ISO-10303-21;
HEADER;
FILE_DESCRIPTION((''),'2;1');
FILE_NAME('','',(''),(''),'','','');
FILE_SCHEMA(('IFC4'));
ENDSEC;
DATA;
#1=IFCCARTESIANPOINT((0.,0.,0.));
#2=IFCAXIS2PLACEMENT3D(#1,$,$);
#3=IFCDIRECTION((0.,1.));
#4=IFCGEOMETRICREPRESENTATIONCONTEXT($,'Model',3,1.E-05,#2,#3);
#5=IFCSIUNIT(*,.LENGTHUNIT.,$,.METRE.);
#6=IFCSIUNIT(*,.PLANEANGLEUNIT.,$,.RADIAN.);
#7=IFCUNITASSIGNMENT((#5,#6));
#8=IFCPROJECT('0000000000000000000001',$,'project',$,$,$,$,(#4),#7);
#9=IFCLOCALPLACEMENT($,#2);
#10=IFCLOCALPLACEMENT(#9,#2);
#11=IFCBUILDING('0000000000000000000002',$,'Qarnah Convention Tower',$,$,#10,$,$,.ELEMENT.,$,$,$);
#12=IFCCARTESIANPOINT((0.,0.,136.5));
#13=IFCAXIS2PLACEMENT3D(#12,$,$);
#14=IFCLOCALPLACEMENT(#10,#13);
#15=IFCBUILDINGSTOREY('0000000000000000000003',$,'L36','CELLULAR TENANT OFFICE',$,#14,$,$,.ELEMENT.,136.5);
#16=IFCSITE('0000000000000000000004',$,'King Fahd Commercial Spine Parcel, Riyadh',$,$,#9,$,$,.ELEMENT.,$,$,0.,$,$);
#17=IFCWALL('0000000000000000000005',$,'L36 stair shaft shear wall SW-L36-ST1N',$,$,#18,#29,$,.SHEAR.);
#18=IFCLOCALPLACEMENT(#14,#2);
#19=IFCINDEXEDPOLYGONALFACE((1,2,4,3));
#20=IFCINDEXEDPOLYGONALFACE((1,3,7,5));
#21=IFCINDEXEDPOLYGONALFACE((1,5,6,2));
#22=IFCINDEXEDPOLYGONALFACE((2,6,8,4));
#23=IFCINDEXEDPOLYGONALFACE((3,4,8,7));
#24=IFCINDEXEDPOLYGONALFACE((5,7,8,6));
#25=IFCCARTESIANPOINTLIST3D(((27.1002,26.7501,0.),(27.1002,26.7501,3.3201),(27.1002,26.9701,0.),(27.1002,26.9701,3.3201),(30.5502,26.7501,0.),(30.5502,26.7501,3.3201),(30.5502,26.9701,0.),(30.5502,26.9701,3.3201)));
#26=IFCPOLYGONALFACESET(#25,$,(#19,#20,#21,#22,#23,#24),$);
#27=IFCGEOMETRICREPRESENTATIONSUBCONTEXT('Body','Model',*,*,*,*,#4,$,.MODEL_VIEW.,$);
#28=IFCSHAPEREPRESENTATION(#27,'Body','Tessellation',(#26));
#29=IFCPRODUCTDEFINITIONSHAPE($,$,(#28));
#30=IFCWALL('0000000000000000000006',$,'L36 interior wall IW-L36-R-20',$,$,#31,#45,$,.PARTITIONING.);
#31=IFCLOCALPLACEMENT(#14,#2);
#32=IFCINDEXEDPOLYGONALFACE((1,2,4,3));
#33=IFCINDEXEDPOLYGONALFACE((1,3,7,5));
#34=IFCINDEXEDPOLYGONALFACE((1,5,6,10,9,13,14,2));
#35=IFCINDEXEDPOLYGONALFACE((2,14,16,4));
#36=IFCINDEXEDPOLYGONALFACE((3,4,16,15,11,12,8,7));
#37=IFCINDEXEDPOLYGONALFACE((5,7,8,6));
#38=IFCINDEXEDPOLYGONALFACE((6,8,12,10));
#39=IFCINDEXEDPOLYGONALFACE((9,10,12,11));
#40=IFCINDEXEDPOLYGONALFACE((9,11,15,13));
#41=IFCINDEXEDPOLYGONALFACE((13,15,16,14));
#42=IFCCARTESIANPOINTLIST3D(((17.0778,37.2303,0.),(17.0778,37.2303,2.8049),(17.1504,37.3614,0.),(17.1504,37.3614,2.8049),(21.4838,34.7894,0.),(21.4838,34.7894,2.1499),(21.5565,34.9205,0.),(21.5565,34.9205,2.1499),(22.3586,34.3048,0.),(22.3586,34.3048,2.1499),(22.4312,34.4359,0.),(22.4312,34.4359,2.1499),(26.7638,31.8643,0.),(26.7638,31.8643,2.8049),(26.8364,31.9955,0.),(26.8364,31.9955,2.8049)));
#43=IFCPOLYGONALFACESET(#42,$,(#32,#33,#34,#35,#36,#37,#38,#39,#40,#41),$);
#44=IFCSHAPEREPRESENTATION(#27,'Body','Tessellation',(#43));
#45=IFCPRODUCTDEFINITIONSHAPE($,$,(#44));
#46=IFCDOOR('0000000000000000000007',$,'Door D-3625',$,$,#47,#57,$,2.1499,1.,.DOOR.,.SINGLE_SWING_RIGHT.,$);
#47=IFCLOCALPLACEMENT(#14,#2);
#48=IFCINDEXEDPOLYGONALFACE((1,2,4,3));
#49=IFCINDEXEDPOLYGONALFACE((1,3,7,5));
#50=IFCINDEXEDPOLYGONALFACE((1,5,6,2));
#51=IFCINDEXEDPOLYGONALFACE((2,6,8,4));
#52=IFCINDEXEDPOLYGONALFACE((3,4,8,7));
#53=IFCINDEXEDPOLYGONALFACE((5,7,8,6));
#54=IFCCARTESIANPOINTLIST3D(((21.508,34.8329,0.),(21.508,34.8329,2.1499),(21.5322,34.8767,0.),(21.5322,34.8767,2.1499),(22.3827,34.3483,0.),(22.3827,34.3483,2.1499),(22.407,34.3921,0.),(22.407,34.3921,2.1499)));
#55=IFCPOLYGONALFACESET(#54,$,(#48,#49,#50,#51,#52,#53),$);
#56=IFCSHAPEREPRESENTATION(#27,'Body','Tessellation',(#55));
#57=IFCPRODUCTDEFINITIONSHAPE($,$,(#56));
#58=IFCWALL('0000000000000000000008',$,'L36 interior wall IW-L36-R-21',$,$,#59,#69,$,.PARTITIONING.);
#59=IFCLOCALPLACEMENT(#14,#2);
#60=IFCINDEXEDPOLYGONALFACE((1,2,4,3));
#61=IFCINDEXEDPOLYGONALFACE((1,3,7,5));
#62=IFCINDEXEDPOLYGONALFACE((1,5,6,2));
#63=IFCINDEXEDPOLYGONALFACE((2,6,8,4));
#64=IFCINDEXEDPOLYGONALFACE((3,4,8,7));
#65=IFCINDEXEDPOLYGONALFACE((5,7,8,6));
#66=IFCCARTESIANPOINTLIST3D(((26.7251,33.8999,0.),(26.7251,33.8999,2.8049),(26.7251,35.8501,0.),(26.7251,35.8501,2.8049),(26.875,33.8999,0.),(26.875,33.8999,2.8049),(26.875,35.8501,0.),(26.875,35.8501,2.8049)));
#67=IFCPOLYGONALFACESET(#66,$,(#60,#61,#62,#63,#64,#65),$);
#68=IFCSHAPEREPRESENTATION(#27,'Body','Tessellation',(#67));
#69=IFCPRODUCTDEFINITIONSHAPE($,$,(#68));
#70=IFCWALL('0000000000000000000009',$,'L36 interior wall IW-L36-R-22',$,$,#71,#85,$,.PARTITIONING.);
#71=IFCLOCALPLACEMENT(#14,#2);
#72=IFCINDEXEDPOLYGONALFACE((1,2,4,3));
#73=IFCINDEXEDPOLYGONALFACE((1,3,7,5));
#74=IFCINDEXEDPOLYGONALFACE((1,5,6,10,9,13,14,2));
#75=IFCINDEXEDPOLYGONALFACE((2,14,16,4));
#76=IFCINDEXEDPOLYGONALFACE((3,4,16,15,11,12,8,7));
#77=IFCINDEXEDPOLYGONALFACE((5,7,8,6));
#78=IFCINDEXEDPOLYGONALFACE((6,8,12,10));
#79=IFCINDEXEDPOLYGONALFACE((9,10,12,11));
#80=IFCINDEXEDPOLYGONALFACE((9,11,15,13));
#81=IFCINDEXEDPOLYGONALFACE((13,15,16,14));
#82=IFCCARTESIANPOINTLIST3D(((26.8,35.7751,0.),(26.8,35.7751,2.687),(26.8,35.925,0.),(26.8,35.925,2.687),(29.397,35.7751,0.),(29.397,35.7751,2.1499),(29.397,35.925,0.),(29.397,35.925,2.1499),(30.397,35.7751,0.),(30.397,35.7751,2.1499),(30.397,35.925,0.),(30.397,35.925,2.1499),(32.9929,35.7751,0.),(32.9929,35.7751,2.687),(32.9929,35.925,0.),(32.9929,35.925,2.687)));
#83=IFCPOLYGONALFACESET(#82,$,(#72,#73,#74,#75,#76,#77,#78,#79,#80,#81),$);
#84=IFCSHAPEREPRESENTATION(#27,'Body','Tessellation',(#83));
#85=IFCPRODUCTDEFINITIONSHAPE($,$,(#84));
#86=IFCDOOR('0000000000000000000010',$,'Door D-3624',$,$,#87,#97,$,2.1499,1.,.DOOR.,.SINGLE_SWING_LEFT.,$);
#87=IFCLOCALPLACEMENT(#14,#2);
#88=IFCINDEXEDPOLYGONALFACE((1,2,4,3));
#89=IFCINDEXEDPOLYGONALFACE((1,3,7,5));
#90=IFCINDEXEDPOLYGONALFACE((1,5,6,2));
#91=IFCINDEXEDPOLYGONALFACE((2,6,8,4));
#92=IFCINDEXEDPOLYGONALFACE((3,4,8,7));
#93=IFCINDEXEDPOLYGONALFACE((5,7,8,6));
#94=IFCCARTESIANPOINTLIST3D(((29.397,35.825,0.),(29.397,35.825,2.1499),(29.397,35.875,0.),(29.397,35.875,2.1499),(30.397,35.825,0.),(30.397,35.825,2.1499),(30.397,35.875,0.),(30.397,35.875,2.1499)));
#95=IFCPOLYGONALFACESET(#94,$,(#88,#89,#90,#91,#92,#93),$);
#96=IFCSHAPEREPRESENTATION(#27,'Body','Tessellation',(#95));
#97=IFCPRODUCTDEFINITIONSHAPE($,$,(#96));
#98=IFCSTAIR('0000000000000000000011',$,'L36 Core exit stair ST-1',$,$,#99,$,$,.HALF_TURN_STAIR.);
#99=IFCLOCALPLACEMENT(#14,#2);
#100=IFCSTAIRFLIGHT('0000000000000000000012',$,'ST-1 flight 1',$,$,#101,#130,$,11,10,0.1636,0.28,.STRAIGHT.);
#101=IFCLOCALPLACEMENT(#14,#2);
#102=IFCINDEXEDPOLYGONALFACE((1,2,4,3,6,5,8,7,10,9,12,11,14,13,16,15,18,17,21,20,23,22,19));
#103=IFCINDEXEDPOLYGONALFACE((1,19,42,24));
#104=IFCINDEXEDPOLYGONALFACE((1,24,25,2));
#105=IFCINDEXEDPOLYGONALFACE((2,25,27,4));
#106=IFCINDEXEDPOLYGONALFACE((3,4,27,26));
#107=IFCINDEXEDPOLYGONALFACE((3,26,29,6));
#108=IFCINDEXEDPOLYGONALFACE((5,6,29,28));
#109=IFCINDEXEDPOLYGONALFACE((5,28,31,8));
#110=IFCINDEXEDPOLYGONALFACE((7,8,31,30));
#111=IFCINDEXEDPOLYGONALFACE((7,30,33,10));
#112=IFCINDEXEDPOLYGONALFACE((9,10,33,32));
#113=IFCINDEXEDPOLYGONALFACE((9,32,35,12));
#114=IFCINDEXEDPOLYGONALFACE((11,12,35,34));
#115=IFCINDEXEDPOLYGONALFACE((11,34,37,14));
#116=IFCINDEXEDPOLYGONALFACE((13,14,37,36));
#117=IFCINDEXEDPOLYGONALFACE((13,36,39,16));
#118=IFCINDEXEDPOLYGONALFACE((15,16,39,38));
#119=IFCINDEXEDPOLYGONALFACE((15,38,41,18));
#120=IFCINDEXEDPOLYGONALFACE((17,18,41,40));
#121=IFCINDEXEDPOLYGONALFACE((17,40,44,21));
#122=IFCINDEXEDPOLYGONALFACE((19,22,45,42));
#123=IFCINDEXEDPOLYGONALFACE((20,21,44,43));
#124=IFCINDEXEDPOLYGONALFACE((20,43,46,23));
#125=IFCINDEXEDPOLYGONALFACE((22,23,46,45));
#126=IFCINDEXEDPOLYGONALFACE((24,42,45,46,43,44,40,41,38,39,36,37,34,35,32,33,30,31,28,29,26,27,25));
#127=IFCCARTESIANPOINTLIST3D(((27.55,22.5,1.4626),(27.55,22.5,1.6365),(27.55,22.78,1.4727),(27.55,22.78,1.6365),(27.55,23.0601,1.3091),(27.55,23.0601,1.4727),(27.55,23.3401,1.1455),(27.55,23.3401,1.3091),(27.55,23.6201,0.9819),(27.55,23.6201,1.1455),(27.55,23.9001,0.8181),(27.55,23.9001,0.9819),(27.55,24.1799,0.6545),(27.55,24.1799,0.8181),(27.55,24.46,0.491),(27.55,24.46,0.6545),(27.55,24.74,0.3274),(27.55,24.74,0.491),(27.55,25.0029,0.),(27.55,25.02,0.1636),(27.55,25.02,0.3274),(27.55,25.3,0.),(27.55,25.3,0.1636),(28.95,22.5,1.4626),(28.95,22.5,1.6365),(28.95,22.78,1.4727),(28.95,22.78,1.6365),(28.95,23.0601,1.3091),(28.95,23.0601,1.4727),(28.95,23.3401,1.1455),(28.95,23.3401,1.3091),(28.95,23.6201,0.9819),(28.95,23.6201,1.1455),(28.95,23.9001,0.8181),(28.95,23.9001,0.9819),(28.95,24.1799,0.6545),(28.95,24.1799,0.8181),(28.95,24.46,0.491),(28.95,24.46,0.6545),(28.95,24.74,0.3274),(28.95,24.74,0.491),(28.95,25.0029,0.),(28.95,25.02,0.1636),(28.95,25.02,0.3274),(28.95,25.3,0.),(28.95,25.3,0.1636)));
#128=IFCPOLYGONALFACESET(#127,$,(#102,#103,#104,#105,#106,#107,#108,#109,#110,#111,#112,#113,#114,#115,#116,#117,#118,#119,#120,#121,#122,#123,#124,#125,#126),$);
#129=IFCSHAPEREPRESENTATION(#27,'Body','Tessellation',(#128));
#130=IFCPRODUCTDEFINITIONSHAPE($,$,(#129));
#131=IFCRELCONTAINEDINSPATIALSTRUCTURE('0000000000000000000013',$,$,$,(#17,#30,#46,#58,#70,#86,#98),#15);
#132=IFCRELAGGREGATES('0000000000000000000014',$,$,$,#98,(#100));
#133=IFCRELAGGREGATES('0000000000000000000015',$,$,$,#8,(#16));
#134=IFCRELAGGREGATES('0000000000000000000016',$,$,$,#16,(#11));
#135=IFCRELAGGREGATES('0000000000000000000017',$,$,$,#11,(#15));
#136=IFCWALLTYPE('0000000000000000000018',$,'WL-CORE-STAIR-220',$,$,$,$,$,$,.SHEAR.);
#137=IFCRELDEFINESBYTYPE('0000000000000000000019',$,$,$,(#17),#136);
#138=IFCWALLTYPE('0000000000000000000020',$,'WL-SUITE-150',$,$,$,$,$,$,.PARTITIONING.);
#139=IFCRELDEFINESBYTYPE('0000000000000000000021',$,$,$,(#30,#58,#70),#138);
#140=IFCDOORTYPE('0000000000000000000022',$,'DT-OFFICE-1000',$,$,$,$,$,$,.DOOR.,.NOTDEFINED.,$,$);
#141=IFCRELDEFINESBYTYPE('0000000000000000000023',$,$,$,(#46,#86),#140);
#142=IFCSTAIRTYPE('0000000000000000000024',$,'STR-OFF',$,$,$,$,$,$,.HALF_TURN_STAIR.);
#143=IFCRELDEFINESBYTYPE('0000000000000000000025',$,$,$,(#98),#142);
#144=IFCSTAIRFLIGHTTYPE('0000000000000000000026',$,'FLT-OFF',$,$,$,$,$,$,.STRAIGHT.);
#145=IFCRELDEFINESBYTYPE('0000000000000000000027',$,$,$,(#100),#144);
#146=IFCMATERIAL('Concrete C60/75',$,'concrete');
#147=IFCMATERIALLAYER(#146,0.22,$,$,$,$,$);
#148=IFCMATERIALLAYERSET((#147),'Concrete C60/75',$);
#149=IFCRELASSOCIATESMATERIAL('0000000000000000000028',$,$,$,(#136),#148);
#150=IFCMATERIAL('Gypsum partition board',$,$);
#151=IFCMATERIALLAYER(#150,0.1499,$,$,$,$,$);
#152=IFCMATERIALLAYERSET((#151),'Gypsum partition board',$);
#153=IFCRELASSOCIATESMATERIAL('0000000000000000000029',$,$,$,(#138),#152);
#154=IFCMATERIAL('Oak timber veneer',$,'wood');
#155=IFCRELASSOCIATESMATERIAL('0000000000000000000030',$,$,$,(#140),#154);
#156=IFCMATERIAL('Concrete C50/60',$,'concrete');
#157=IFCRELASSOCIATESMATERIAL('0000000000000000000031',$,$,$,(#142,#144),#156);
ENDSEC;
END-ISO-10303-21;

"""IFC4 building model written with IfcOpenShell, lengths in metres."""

from ifc_helpers import new_model, si_unit, direction, frame, frame_2d, origin, place, context, subcontext, project, spatial, polyline, rectangle, outline, extrude, material, layer, layer_set, type_object, element, fill, aggregate, save


model = new_model("IFC4")

# Units and contexts
model_context = context("Model", 3, precision=1e-05, world=origin(), true_north=direction((0.0, 1.0)))
body_context = subcontext(model_context, "Body", "Model", "MODEL_VIEW")
ifc_project = project(units=[si_unit("LENGTHUNIT", "METRE"), si_unit("PLANEANGLEUNIT", "RADIAN")], contexts=[model_context])

# Site, building, storey
site_placement = place(None, origin())
site = spatial("IfcSite", under=ifc_project, at=site_placement, Name="King Fahd Commercial Spine Parcel, Riyadh", CompositionType="ELEMENT", RefElevation=0.0)
building_placement = place(site_placement, origin())
building = spatial("IfcBuilding", under=site, at=building_placement, Name="Qarnah Convention Tower", CompositionType="ELEMENT")
storey_placement = place(building_placement, frame((0.0, 0.0, 136.5)))
storey = spatial("IfcBuildingStorey", under=building, at=storey_placement, Name="L36", Description="CELLULAR TENANT OFFICE", CompositionType="ELEMENT", Elevation=136.5)

# Shared definitions
ifc_material_1 = material(Name="Concrete C60/75", Category="concrete")

# Wall
ifc_layer_1 = layer(ifc_material_1, 0.22)
ifc_layer_set_1 = layer_set([ifc_layer_1], Name="Concrete C60/75")
wall_type_1 = type_object("IfcWallType", Name="WL-CORE-STAIR-220", PredefinedType="SHEAR", material=ifc_layer_set_1)
wall_1_placement = place(storey_placement, frame((27.1001, 26.8601, 0.0), z_axis=(0.0, 0.0, 1.0), x_axis=(1.0, 0.0, 0.0)))
element("IfcWall", 1, at=wall_1_placement, inside=storey, type_object=wall_type_1, Name="L36 stair shaft shear wall SW-L36-ST1N", PredefinedType="SHEAR", context=body_context, shape_type="SweptSolid", body=[
    extrude(rectangle(XDim=3.45, YDim=0.22, at=frame_2d((1.7251, 0.0))), origin(), (0.0, 0.0, 1.0), 3.3201),
])

# Wall, opening, door
ifc_material_2 = material(Name="Gypsum partition board")
ifc_layer_2 = layer(ifc_material_2, 0.1499)
ifc_layer_set_2 = layer_set([ifc_layer_2], Name="Gypsum partition board")
wall_type_2 = type_object("IfcWallType", Name="WL-SUITE-150", PredefinedType="PARTITIONING", material=ifc_layer_set_2)
wall_2_placement = place(storey_placement, frame((17.114, 37.2959, 0.0), z_axis=(0.0, 0.0, 1.0), x_axis=(0.874738, -0.484596, 0.0)))
wall_2 = element("IfcWall", 2, at=wall_2_placement, inside=storey, type_object=wall_type_2, Name="L36 interior wall IW-L36-R-20", PredefinedType="PARTITIONING", context=body_context, shape_type="SweptSolid", body=[
    extrude(rectangle(XDim=11.073, YDim=0.1499, at=frame_2d((5.5366, 0.0))), origin(), (0.0, 0.0, 1.0), 2.8049),
])
opening_1_placement = place(wall_2_placement, frame((5.0371, 0.0, 0.0)))
opening_1 = element("IfcOpeningElement", 3, at=opening_1_placement, cuts=wall_2, PredefinedType="OPENING", context=body_context, shape_type="SweptSolid", body=[
    extrude(rectangle(XDim=1.0, YDim=2.1499, at=frame_2d((0.5, 1.075))), frame((0.0, 0.085, 0.0), z_axis=(0.0, -1.0, 0.0), x_axis=(1.0, 0.0, 0.0)), (0.0, 0.0, 1.0), 0.1699),
])
ifc_material_3 = material(Name="Oak timber veneer", Category="wood")
door_type_1 = type_object("IfcDoorType", Name="DT-OFFICE-1000", OperationType="NOTDEFINED", PredefinedType="DOOR", material=ifc_material_3)
door_1_placement = place(opening_1_placement, origin())
door_1 = element("IfcDoor", 4, at=door_1_placement, inside=storey, type_object=door_type_1, Name="Door D-3625", OperationType="SINGLE_SWING_RIGHT", OverallHeight=2.1499, OverallWidth=1.0, PredefinedType="DOOR", context=body_context, shape_type="SweptSolid", body=[
    extrude(rectangle(XDim=1.0, YDim=2.1499, at=frame_2d((0.5, 1.075))), frame((0.0, 0.0249, 0.0), z_axis=(0.0, -1.0, 0.0), x_axis=(1.0, 0.0, 0.0)), (0.0, 0.0, 1.0), 0.05),
])
fill(opening_1, door_1)

# Wall
wall_3_placement = place(storey_placement, frame((26.8, 33.8999, 0.0), z_axis=(0.0, 0.0, 1.0), x_axis=(0.0, 1.0, 0.0)))
element("IfcWall", 5, at=wall_3_placement, inside=storey, type_object=wall_type_2, Name="L36 interior wall IW-L36-R-21", PredefinedType="PARTITIONING", context=body_context, shape_type="SweptSolid", body=[
    extrude(rectangle(XDim=1.9502, YDim=0.1499, at=frame_2d((0.9751, 0.0))), origin(), (0.0, 0.0, 1.0), 2.8049),
])

# Wall, opening, door
wall_4_placement = place(storey_placement, frame((26.8, 35.8501, 0.0), z_axis=(0.0, 0.0, 1.0), x_axis=(1.0, 0.0, 0.0)))
wall_4 = element("IfcWall", 6, at=wall_4_placement, inside=storey, type_object=wall_type_2, Name="L36 interior wall IW-L36-R-22", PredefinedType="PARTITIONING", context=body_context, shape_type="SweptSolid", body=[
    extrude(rectangle(XDim=6.1929, YDim=0.1499, at=frame_2d((3.0964, 0.0))), origin(), (0.0, 0.0, 1.0), 2.687),
])
opening_2_placement = place(wall_4_placement, frame((2.5969, 0.0, 0.0)))
opening_2 = element("IfcOpeningElement", 7, at=opening_2_placement, cuts=wall_4, PredefinedType="OPENING", context=body_context, shape_type="SweptSolid", body=[
    extrude(rectangle(XDim=1.0, YDim=2.1499, at=frame_2d((0.5, 1.075))), frame((0.0, 0.085, 0.0), z_axis=(0.0, -1.0, 0.0), x_axis=(1.0, 0.0, 0.0)), (0.0, 0.0, 1.0), 0.1699),
])
door_2_placement = place(opening_2_placement, origin())
door_2 = element("IfcDoor", 8, at=door_2_placement, inside=storey, type_object=door_type_1, Name="Door D-3624", OperationType="SINGLE_SWING_LEFT", OverallHeight=2.1499, OverallWidth=1.0, PredefinedType="DOOR", context=body_context, shape_type="SweptSolid", body=[
    extrude(rectangle(XDim=1.0, YDim=2.1499, at=frame_2d((0.5, 1.075))), frame((0.0, 0.0249, 0.0), z_axis=(0.0, -1.0, 0.0), x_axis=(1.0, 0.0, 0.0)), (0.0, 0.0, 1.0), 0.05),
])
fill(opening_2, door_2)

# Stair, stair flight
ifc_material_4 = material(Name="Concrete C50/60", Category="concrete")
stair_type = type_object("IfcStairType", Name="STR-OFF", PredefinedType="HALF_TURN_STAIR", material=ifc_material_4)
stair_placement = place(storey_placement, origin())
stair = element("IfcStair", 9, at=stair_placement, inside=storey, type_object=stair_type, Name="L36 Core exit stair ST-1", PredefinedType="HALF_TURN_STAIR")
stair_flight_type = type_object("IfcStairFlightType", Name="FLT-OFF", PredefinedType="STRAIGHT", material=ifc_material_4)
stair_flight_placement = place(storey_placement, frame((28.25, 25.3, 0.0), z_axis=(0.0, 0.0, 1.0), x_axis=(0.0, -1.0, 0.0)))
stair_flight = element("IfcStairFlight", 10, at=stair_flight_placement, type_object=stair_flight_type, Name="ST-1 flight 1", NumberOfRisers=11, NumberOfTreads=10, PredefinedType="STRAIGHT", RiserHeight=0.1636, TreadLength=0.28, context=body_context, shape_type="SweptSolid", body=[
    extrude(outline(polyline([(0.0, 0.0), (0.0, 0.1636), (0.28, 0.1636), (0.28, 0.3274), (0.5601, 0.3274), (0.5601, 0.491), (0.8401, 0.491), (0.8401, 0.6545), (1.1201, 0.6545), (1.1201, 0.8181), (1.3999, 0.8181), (1.3999, 0.9819), (1.6799, 0.9819), (1.6799, 1.1455), (1.96, 1.1455), (1.96, 1.3091), (2.24, 1.3091), (2.24, 1.4727), (2.52, 1.4727), (2.52, 1.6365), (2.8, 1.6365), (2.8, 1.8), (2.8, 1.4626), (0.2971, 0.0), (0.0, 0.0)])), frame((0.0, 0.7, 0.0), z_axis=(0.0, -1.0, 0.0), x_axis=(1.0, 0.0, 0.0)), (0.0, 0.0, 1.0), 1.3999),
])
aggregate(stair, [stair_flight])

save(model, "model.ifc")
